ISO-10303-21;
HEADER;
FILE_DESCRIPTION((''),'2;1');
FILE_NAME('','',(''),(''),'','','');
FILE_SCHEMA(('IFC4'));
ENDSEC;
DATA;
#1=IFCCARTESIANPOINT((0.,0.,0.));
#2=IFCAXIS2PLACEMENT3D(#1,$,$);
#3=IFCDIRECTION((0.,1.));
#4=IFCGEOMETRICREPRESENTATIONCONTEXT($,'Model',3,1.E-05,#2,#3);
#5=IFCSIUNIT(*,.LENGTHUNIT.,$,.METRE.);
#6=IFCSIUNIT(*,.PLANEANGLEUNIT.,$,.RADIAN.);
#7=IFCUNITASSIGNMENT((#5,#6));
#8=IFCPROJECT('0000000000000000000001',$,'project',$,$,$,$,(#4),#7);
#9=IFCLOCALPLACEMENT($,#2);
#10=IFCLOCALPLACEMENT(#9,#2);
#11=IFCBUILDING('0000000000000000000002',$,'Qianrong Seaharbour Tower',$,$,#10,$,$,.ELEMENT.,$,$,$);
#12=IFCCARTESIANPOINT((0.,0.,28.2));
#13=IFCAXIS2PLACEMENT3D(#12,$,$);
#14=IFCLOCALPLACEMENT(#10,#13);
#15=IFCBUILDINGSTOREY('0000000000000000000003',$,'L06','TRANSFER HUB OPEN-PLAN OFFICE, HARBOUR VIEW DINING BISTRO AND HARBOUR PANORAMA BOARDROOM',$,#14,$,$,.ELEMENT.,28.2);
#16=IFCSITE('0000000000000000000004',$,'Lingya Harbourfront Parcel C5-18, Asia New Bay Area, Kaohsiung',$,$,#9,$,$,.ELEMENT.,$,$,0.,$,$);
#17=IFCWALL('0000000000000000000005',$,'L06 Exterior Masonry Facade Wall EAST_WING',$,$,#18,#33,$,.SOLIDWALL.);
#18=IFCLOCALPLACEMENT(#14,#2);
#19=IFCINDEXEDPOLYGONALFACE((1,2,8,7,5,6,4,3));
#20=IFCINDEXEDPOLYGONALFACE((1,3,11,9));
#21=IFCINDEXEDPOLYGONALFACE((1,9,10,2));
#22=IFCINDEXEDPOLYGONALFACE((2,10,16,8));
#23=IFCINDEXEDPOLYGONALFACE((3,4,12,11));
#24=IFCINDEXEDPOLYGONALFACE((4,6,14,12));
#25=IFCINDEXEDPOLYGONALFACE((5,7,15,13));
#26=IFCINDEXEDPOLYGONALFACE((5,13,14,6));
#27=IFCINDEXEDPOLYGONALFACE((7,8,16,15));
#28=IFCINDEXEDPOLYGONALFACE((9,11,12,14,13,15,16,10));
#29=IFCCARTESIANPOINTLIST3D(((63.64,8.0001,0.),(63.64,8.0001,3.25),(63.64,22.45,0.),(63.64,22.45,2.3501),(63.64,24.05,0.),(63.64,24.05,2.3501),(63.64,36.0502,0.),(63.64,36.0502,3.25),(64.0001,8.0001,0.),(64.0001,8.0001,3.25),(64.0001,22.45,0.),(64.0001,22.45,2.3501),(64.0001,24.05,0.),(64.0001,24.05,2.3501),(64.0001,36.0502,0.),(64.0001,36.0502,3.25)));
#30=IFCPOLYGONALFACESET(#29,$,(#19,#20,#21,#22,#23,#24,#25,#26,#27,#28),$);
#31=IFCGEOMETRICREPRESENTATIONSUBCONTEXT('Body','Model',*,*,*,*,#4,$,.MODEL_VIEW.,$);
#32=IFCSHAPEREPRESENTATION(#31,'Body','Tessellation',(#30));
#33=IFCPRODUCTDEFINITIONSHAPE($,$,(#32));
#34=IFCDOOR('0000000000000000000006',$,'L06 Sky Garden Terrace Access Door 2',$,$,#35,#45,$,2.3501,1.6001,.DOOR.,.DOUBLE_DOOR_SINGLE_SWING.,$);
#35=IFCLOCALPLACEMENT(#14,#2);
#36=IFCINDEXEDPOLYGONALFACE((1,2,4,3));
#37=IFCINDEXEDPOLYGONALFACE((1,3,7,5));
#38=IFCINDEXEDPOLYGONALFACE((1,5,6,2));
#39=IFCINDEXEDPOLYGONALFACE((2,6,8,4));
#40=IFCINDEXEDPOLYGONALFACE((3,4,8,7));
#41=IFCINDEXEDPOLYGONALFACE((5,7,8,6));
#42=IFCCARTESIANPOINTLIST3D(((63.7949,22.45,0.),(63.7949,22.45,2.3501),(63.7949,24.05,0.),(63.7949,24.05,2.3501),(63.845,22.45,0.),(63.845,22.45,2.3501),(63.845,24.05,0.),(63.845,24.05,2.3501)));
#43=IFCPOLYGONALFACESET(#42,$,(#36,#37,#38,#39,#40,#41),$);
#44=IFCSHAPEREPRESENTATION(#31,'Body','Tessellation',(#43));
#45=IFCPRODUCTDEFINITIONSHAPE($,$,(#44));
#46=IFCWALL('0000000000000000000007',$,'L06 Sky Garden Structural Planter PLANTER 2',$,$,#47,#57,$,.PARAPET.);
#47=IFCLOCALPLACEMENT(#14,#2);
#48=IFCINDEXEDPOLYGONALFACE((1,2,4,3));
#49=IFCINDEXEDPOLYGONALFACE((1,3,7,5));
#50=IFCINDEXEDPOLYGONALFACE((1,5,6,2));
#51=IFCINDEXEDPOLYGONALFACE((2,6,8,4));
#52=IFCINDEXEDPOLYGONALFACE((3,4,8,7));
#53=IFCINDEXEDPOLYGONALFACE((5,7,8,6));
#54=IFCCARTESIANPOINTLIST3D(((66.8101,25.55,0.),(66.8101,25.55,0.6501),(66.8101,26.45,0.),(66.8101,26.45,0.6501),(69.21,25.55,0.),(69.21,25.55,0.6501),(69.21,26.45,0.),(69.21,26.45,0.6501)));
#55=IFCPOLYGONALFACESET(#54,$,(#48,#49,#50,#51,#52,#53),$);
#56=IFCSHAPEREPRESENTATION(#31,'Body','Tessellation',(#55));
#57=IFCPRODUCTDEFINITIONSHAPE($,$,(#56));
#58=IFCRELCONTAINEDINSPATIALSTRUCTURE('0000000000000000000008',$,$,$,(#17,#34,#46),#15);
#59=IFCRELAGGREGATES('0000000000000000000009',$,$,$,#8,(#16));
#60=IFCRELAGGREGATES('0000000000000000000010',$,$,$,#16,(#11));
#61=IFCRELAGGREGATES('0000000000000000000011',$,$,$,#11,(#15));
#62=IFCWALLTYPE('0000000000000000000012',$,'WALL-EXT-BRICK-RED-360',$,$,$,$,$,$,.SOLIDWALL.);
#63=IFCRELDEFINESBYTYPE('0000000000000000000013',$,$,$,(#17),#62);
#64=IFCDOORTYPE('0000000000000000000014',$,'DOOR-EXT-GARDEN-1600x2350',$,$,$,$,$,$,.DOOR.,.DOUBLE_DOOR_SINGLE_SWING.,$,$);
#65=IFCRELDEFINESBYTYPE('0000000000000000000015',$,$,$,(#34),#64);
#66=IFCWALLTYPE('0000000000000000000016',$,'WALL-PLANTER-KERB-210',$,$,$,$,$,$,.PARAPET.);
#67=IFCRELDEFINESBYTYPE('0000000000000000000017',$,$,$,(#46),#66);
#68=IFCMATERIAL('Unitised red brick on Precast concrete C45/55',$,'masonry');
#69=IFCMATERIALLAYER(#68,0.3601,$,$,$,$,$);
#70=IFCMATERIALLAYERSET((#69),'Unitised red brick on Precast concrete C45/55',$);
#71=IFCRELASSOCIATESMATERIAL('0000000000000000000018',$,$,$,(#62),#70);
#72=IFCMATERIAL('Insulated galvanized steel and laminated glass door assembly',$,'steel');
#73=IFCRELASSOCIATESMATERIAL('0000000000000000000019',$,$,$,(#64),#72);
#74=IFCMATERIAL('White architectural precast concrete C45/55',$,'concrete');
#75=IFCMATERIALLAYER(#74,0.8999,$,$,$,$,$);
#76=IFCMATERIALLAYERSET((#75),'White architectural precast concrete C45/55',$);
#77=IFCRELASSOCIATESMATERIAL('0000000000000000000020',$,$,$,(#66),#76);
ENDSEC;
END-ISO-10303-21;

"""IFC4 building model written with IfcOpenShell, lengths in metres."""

from ifc_helpers import new_model, si_unit, direction, frame, frame_2d, origin, place, context, subcontext, project, spatial, rectangle, extrude, material, layer, layer_set, type_object, element, fill, save


model = new_model("IFC4")

# Units and contexts
model_context = context("Model", 3, precision=1e-05, world=origin(), true_north=direction((0.0, 1.0)))
body_context = subcontext(model_context, "Body", "Model", "MODEL_VIEW")
ifc_project = project(units=[si_unit("LENGTHUNIT", "METRE"), si_unit("PLANEANGLEUNIT", "RADIAN")], contexts=[model_context])

# Site, building, storey
site_placement = place(None, origin())
site = spatial("IfcSite", under=ifc_project, at=site_placement, Name="Lingya Harbourfront Parcel C5-18, Asia New Bay Area, Kaohsiung", CompositionType="ELEMENT", RefElevation=0.0)
building_placement = place(site_placement, origin())
building = spatial("IfcBuilding", under=site, at=building_placement, Name="Qianrong Seaharbour Tower", CompositionType="ELEMENT")
storey_placement = place(building_placement, frame((0.0, 0.0, 28.2)))
storey = spatial("IfcBuildingStorey", under=building, at=storey_placement, Name="L06", Description="TRANSFER HUB OPEN-PLAN OFFICE, HARBOUR VIEW DINING BISTRO AND HARBOUR PANORAMA BOARDROOM", CompositionType="ELEMENT", Elevation=28.2)

# Wall, opening, door
ifc_material_1 = material(Name="Unitised red brick on Precast concrete C45/55", Category="masonry")
ifc_layer_1 = layer(ifc_material_1, 0.3601)
ifc_layer_set_1 = layer_set([ifc_layer_1], Name="Unitised red brick on Precast concrete C45/55")
wall_type_1 = type_object("IfcWallType", Name="WALL-EXT-BRICK-RED-360", PredefinedType="SOLIDWALL", material=ifc_layer_set_1)
wall_1_placement = place(storey_placement, frame((63.8201, 36.05, 0.0), z_axis=(0.0, 0.0, 1.0), x_axis=(0.0, -1.0, 0.0)))
wall_1 = element("IfcWall", 1, at=wall_1_placement, inside=storey, type_object=wall_type_1, Name="L06 Exterior Masonry Facade Wall EAST_WING", PredefinedType="SOLIDWALL", context=body_context, shape_type="SweptSolid", body=[
    extrude(rectangle(XDim=28.05, YDim=0.3601, at=frame_2d((14.0249, 0.0))), origin(), (0.0, 0.0, 1.0), 3.25),
])
opening_1_placement = place(wall_1_placement, frame((12.0, 0.0, 0.0)))
opening_1 = element("IfcOpeningElement", 2, at=opening_1_placement, cuts=wall_1, PredefinedType="OPENING", context=body_context, shape_type="SweptSolid", body=[
    extrude(rectangle(XDim=1.6001, YDim=2.3501, at=frame_2d((0.8, 1.175))), frame((0.0, 0.1899, 0.0), z_axis=(0.0, -1.0, 0.0), x_axis=(1.0, 0.0, 0.0)), (0.0, 0.0, 1.0), 0.3801),
])
ifc_material_2 = material(Name="Insulated galvanized steel and laminated glass door assembly", Category="steel")
door_type_1 = type_object("IfcDoorType", Name="DOOR-EXT-GARDEN-1600x2350", OperationType="DOUBLE_DOOR_SINGLE_SWING", PredefinedType="DOOR", material=ifc_material_2)
door_1_placement = place(opening_1_placement, origin())
door_1 = element("IfcDoor", 3, at=door_1_placement, inside=storey, type_object=door_type_1, Name="L06 Sky Garden Terrace Access Door 2", OperationType="DOUBLE_DOOR_SINGLE_SWING", OverallHeight=2.3501, OverallWidth=1.6001, PredefinedType="DOOR", context=body_context, shape_type="SweptSolid", body=[
    extrude(rectangle(XDim=1.6001, YDim=2.3501, at=frame_2d((0.8, 1.175))), frame((0.0, 0.0249, 0.0), z_axis=(0.0, -1.0, 0.0), x_axis=(1.0, 0.0, 0.0)), (0.0, 0.0, 1.0), 0.05),
])
fill(opening_1, door_1)

# Wall
ifc_material_3 = material(Name="White architectural precast concrete C45/55", Category="concrete")
ifc_layer_2 = layer(ifc_material_3, 0.8999)
ifc_layer_set_2 = layer_set([ifc_layer_2], Name="White architectural precast concrete C45/55")
wall_type_2 = type_object("IfcWallType", Name="WALL-PLANTER-KERB-210", PredefinedType="PARAPET", material=ifc_layer_set_2)
wall_2_placement = place(storey_placement, frame((66.8101, 26.0, 0.0), z_axis=(0.0, 0.0, 1.0), x_axis=(1.0, 0.0, 0.0)))
element("IfcWall", 4, at=wall_2_placement, inside=storey, type_object=wall_type_2, Name="L06 Sky Garden Structural Planter PLANTER 2", PredefinedType="PARAPET", context=body_context, shape_type="SweptSolid", body=[
    extrude(rectangle(XDim=2.3999, YDim=0.8999, at=frame_2d((1.2, 0.0))), origin(), (0.0, 0.0, 1.0), 0.6501),
])

save(model, "model.ifc")
